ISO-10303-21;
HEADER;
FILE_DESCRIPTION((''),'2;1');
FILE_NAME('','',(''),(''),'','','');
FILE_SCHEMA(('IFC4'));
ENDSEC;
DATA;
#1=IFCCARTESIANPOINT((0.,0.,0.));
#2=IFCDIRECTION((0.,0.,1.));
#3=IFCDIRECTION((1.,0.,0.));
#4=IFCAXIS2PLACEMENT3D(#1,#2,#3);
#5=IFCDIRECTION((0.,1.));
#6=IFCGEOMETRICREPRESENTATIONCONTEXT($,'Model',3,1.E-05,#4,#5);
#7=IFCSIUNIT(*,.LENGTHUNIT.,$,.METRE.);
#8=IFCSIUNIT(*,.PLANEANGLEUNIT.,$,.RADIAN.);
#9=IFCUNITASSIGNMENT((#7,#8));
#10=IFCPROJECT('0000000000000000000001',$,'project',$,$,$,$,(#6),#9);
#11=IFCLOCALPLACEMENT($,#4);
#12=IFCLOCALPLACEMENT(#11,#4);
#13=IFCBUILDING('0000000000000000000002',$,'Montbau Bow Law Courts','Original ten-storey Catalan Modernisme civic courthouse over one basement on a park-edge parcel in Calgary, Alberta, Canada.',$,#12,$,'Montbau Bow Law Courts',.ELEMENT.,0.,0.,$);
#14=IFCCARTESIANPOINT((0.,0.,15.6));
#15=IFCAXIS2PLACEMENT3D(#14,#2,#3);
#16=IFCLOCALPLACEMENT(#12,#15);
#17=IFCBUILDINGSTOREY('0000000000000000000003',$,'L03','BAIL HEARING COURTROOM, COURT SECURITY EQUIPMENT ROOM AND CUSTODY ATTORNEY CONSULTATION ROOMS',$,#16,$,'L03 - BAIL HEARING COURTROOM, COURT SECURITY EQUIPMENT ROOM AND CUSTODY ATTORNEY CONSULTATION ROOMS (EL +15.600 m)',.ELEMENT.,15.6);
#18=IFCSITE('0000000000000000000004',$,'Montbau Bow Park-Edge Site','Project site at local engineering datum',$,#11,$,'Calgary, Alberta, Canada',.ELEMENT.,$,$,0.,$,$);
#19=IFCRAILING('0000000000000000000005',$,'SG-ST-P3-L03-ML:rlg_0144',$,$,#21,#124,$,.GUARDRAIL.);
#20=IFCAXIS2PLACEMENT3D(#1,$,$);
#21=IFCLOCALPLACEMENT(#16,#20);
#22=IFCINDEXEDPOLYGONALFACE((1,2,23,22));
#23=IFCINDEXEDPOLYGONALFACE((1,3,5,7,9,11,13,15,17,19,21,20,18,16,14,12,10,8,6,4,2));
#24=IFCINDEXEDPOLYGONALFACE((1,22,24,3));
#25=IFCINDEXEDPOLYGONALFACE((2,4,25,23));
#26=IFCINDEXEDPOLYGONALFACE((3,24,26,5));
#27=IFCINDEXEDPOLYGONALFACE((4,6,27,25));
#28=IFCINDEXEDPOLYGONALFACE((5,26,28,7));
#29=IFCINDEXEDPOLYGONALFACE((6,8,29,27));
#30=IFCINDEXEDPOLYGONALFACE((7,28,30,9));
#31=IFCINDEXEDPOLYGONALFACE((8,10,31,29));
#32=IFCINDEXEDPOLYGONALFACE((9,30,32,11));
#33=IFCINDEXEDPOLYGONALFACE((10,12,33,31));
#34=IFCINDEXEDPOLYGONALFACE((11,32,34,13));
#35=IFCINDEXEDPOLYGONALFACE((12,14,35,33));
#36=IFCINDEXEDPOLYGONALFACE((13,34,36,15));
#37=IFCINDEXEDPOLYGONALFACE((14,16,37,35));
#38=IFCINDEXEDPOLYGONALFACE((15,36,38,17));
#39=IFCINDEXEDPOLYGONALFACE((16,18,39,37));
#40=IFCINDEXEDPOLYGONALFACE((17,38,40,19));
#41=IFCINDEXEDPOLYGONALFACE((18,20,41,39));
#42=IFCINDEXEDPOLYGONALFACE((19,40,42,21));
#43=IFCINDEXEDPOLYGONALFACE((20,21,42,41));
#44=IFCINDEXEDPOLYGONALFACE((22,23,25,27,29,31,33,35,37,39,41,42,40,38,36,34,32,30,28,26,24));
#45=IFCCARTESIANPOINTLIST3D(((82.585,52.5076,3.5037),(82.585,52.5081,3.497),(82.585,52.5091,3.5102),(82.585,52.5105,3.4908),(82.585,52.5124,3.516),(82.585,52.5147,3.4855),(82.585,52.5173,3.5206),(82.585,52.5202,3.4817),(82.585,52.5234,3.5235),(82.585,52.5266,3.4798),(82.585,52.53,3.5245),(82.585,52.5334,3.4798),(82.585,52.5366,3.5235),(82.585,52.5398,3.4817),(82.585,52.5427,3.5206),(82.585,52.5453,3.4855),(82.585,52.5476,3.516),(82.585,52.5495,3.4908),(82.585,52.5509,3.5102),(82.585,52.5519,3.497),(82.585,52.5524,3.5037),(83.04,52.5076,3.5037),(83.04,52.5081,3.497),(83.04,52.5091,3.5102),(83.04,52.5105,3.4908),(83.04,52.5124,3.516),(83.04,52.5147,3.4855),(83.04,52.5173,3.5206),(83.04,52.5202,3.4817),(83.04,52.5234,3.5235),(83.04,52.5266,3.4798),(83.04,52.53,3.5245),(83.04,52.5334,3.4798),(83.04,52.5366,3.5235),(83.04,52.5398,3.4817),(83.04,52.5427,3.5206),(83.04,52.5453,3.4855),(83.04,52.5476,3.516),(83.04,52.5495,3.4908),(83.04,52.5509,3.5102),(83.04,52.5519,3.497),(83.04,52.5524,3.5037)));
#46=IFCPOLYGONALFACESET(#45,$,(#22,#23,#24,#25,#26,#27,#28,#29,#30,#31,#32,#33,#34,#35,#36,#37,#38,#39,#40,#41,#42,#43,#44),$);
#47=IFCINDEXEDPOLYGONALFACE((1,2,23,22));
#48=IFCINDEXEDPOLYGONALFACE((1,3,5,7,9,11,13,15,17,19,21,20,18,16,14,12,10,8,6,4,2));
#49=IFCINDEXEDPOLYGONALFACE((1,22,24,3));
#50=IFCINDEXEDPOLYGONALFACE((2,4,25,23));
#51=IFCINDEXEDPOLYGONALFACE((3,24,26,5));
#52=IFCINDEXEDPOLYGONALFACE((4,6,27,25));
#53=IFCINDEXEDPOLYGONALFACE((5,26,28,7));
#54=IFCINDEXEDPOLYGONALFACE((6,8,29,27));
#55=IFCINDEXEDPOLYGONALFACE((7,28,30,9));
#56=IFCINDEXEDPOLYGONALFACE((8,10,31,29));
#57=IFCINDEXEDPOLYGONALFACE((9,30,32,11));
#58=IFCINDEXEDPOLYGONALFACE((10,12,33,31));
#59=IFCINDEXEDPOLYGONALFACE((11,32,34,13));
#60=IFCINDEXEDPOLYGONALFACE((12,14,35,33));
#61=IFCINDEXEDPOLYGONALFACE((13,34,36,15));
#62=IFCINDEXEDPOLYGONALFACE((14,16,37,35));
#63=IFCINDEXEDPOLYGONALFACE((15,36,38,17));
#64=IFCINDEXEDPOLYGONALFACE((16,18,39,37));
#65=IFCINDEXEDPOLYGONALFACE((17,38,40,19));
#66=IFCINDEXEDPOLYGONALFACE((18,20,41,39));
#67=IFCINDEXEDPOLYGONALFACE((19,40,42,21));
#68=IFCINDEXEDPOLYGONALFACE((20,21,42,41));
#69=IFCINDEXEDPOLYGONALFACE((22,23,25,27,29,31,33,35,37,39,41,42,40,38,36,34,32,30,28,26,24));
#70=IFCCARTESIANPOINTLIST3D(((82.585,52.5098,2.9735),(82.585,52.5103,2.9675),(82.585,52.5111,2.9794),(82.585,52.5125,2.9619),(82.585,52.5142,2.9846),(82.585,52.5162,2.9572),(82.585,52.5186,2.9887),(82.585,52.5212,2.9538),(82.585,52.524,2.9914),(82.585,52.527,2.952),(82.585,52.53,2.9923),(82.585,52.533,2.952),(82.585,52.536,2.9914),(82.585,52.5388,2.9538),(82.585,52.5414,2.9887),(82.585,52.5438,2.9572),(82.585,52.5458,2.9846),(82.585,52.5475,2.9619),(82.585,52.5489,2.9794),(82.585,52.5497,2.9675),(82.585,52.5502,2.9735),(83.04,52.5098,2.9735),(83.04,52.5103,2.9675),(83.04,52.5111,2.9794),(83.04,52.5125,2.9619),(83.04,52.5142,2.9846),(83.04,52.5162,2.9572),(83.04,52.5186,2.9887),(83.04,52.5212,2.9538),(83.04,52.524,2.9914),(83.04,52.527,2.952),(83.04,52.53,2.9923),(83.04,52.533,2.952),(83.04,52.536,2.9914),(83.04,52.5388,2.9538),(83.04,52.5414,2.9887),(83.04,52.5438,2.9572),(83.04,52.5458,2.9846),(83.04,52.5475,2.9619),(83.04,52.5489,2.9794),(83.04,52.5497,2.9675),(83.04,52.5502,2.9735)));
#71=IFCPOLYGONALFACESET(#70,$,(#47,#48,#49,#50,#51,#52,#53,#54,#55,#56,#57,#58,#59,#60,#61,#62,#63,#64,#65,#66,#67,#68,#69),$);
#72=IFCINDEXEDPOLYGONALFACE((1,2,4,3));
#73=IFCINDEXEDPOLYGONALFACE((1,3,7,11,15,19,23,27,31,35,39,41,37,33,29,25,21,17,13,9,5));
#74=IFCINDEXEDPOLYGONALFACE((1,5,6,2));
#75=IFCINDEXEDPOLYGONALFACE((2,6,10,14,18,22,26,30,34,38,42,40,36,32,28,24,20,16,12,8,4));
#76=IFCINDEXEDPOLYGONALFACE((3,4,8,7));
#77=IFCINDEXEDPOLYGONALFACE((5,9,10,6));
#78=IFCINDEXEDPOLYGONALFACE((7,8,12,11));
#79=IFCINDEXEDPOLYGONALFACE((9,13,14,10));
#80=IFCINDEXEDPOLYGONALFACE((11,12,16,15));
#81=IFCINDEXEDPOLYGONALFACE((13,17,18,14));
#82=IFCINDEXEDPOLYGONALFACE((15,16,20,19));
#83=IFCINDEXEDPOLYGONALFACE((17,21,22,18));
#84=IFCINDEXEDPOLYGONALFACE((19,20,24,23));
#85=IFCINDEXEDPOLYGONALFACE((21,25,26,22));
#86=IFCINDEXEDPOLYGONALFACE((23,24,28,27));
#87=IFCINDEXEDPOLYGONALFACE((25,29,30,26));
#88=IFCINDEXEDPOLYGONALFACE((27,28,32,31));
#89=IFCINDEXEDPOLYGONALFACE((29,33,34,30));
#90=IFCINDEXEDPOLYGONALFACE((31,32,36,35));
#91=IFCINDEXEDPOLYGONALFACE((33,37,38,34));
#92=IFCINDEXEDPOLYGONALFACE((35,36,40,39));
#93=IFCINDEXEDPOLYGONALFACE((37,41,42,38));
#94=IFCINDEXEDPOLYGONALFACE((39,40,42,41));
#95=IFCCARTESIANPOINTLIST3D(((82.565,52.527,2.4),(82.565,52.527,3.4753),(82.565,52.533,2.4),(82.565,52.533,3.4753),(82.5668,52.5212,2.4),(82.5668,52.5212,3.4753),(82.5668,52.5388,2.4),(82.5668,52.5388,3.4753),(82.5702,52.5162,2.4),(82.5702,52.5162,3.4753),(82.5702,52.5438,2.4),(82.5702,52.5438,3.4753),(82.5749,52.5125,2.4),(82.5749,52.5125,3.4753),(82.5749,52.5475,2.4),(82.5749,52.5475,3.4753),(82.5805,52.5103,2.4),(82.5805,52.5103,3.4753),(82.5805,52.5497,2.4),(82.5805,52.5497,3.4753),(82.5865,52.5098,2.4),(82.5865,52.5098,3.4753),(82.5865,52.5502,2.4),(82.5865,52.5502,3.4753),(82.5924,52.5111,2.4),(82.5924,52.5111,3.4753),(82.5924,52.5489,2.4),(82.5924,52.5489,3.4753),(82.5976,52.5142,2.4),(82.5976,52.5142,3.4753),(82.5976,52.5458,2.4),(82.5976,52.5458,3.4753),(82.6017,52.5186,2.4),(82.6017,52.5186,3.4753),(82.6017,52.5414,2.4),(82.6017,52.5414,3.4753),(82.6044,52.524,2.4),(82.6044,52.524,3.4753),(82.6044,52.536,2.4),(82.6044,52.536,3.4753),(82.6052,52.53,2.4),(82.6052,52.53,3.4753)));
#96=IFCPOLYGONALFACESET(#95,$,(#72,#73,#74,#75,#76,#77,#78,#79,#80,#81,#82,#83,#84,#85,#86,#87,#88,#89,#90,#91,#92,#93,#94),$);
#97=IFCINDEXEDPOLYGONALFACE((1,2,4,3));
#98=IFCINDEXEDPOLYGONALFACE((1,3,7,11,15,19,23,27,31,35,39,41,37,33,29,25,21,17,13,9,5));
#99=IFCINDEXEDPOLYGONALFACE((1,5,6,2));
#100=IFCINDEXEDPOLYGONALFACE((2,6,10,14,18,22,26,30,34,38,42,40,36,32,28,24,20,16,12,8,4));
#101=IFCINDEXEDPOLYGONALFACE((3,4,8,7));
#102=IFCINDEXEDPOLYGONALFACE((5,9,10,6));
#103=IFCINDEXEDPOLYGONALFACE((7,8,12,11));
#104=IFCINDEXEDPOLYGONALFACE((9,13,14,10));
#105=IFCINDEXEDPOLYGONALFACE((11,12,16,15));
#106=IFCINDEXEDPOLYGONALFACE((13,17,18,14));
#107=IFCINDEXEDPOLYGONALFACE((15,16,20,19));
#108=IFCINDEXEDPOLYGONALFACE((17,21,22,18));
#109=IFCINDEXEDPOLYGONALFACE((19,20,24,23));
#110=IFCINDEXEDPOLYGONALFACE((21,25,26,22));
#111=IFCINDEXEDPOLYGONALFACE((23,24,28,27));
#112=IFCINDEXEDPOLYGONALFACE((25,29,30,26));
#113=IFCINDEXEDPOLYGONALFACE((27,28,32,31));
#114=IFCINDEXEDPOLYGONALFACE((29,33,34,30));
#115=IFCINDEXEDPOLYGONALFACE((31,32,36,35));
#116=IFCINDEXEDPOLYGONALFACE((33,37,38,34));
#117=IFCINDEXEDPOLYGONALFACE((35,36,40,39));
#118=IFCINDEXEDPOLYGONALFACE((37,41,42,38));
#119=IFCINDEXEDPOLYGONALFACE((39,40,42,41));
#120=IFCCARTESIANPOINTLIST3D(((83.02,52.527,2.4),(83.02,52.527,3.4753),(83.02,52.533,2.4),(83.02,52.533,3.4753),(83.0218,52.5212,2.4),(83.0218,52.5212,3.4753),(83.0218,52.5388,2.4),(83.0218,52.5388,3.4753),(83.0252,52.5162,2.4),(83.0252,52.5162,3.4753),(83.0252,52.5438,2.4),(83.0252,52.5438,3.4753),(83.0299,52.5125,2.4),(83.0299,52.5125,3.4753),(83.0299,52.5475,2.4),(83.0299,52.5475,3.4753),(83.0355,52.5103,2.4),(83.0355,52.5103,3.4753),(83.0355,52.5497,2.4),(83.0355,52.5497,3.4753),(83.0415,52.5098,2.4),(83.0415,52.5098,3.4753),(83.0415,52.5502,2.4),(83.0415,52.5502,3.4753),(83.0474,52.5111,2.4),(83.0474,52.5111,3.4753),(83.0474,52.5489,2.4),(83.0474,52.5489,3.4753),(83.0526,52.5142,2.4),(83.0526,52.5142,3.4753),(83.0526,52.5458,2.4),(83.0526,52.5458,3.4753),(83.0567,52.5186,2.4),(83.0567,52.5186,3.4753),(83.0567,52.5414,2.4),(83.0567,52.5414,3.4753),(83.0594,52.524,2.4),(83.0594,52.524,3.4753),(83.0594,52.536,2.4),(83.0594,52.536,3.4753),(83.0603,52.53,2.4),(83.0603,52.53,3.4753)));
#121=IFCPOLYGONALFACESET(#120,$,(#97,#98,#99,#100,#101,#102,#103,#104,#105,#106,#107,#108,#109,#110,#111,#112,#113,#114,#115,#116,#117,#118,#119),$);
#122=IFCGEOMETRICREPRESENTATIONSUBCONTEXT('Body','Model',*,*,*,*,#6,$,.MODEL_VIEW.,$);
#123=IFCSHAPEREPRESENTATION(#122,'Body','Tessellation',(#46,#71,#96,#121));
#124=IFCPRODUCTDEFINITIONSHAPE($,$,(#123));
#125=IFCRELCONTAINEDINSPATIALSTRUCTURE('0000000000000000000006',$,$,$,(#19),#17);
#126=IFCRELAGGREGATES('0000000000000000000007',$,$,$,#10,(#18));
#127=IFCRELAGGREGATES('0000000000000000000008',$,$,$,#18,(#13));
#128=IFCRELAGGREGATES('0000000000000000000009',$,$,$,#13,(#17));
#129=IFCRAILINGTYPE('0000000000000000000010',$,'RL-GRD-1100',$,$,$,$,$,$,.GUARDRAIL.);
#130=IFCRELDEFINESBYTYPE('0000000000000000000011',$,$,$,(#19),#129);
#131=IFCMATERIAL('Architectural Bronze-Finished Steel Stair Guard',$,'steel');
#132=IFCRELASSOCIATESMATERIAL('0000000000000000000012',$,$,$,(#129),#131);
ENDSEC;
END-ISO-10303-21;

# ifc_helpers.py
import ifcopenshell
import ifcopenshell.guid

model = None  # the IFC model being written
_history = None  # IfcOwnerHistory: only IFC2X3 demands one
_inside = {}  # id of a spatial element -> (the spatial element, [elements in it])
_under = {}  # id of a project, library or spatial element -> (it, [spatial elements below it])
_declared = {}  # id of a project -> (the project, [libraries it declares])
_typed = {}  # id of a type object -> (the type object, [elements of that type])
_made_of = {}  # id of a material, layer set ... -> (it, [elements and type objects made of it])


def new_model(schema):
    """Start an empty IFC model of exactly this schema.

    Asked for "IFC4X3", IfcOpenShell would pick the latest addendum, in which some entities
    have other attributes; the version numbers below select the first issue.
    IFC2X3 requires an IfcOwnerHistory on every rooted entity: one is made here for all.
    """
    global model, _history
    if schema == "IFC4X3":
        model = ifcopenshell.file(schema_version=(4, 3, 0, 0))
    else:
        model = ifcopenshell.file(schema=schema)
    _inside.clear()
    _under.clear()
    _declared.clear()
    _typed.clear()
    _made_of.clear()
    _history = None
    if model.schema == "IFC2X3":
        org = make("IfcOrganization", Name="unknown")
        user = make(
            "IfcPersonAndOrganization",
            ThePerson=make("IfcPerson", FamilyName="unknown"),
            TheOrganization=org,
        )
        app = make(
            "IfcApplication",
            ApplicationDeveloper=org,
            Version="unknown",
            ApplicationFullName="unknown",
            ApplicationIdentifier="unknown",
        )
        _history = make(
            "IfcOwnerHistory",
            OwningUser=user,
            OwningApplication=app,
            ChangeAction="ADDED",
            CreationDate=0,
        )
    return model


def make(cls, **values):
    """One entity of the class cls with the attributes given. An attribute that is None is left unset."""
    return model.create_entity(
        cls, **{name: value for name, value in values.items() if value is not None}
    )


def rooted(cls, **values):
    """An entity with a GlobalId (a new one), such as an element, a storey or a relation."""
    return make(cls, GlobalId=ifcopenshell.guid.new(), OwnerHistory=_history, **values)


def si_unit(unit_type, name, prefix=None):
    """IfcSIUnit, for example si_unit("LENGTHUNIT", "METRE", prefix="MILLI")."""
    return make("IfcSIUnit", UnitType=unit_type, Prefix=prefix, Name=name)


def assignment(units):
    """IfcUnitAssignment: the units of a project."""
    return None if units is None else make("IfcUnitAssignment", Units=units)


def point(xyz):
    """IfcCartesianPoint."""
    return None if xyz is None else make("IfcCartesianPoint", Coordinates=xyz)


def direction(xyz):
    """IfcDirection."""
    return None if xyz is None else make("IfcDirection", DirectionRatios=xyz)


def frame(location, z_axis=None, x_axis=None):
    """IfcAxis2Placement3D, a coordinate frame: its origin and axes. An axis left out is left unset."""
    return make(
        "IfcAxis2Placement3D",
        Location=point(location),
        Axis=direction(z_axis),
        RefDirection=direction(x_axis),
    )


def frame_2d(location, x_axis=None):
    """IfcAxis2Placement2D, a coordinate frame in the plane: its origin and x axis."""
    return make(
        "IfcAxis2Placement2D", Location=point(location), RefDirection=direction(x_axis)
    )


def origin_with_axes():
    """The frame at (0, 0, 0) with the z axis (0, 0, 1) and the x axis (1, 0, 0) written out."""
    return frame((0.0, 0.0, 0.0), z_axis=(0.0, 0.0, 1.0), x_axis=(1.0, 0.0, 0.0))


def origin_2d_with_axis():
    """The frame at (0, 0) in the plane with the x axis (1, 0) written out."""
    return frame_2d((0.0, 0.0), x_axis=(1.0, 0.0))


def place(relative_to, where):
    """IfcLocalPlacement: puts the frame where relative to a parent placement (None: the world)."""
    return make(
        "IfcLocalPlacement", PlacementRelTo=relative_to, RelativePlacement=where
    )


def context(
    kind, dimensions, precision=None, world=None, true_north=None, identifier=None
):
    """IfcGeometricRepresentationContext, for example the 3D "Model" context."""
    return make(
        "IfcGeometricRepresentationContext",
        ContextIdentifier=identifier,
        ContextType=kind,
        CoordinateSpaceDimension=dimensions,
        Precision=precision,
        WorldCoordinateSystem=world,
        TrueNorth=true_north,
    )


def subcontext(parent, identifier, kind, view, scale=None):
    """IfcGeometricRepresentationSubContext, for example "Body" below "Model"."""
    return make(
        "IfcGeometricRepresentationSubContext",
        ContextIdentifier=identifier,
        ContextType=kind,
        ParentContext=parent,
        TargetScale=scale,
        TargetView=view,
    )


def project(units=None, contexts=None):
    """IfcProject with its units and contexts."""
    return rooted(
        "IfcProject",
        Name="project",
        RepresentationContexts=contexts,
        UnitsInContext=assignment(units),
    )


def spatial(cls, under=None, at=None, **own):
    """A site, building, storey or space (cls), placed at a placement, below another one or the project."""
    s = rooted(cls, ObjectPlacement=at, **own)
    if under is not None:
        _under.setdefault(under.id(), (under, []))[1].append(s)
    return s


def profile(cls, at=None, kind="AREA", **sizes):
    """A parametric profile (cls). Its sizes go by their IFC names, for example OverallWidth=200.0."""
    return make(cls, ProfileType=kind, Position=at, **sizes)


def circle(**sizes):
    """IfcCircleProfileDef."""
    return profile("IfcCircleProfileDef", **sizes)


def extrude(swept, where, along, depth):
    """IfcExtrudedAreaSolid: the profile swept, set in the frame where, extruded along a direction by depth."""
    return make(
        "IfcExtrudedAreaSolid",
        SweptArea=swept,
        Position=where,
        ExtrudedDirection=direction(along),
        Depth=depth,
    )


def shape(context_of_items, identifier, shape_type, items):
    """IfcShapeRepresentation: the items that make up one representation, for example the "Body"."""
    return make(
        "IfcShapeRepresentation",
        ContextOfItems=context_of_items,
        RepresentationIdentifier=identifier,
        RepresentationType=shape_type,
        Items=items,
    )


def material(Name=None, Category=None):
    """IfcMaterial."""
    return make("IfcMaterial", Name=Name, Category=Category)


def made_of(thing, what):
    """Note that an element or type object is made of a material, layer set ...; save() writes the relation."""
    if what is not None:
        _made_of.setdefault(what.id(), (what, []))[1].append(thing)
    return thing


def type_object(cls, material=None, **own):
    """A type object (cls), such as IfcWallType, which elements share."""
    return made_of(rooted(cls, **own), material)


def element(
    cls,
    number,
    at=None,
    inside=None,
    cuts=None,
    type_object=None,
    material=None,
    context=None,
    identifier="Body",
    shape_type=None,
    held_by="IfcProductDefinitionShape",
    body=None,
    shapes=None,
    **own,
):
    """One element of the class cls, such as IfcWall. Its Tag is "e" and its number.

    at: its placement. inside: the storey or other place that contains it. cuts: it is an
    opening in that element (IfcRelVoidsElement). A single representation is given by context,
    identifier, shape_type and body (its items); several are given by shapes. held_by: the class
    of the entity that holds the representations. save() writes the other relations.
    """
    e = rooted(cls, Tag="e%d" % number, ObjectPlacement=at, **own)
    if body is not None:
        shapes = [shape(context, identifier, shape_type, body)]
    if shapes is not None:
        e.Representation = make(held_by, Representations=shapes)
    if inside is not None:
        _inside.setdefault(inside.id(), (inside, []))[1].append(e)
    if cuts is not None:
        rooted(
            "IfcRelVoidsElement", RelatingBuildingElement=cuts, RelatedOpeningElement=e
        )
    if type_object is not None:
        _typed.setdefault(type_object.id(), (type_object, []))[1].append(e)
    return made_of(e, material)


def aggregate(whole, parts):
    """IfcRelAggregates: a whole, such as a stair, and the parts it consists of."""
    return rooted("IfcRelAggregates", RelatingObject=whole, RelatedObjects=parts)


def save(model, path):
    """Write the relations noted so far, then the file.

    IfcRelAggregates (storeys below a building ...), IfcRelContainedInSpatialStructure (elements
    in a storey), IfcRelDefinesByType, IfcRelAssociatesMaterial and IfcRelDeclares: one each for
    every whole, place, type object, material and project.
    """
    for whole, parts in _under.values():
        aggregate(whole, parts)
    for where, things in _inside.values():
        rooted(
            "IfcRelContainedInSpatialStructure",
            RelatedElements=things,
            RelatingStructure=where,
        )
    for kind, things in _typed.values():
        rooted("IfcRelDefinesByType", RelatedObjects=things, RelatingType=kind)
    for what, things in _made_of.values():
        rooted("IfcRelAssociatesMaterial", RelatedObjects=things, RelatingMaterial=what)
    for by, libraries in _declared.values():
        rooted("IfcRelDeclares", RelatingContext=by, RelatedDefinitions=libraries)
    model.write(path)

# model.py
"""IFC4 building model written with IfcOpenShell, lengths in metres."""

from ifc_helpers import new_model, si_unit, direction, frame, origin_with_axes, origin_2d_with_axis, place, context, subcontext, project, spatial, circle, extrude, material, type_object, element, save


model = new_model("IFC4")

# Units and contexts
model_context = context("Model", 3, precision=1e-05, world=origin_with_axes(), true_north=direction((0.0, 1.0)))
body_context = subcontext(model_context, "Body", "Model", "MODEL_VIEW")
ifc_project = project(units=[si_unit("LENGTHUNIT", "METRE"), si_unit("PLANEANGLEUNIT", "RADIAN")], contexts=[model_context])

# Site, building, storey
site_placement = place(None, origin_with_axes())
site = spatial("IfcSite", under=ifc_project, at=site_placement, Name="Montbau Bow Park-Edge Site", Description="Project site at local engineering datum", LongName="Calgary, Alberta, Canada", CompositionType="ELEMENT", RefElevation=0.0)
building_placement = place(site_placement, origin_with_axes())
building = spatial("IfcBuilding", under=site, at=building_placement, Name="Montbau Bow Law Courts", Description="Original ten-storey Catalan Modernisme civic courthouse over one basement on a park-edge parcel in Calgary, Alberta, Canada.", LongName="Montbau Bow Law Courts", CompositionType="ELEMENT", ElevationOfRefHeight=0.0, ElevationOfTerrain=0.0)
storey_placement = place(building_placement, frame((0.0, 0.0, 15.6), z_axis=(0.0, 0.0, 1.0), x_axis=(1.0, 0.0, 0.0)))
storey = spatial("IfcBuildingStorey", under=building, at=storey_placement, Name="L03", Description="BAIL HEARING COURTROOM, COURT SECURITY EQUIPMENT ROOM AND CUSTODY ATTORNEY CONSULTATION ROOMS", LongName="L03 - BAIL HEARING COURTROOM, COURT SECURITY EQUIPMENT ROOM AND CUSTODY ATTORNEY CONSULTATION ROOMS (EL +15.600 m)", CompositionType="ELEMENT", Elevation=15.6)

# Railing
ifc_material_1 = material(Name="Architectural Bronze-Finished Steel Stair Guard", Category="steel")
railing_type_1 = type_object("IfcRailingType", Name="RL-GRD-1100", PredefinedType="GUARDRAIL", material=ifc_material_1)
railing_1_placement = place(None, origin_with_axes())
element("IfcRailing", 1, at=railing_1_placement, inside=storey, type_object=railing_type_1, Name="SG-ST-P3-L03-ML:rlg_0144", PredefinedType="GUARDRAIL", context=body_context, shape_type="SweptSolid", body=[
    extrude(circle(Radius=0.0225, at=origin_2d_with_axis()), frame((82.585, 52.53, 19.102), z_axis=(1.0, 0.0, 0.0), x_axis=(0.0, 0.0, 1.0)), (0.0, 0.0, 1.0), 0.455),
    extrude(circle(Radius=0.0203, at=origin_2d_with_axis()), frame((82.585, 52.53, 18.572), z_axis=(1.0, 0.0, 0.0), x_axis=(0.0, 0.0, 1.0)), (0.0, 0.0, 1.0), 0.455),
    extrude(circle(Radius=0.0203, at=origin_2d_with_axis()), frame((82.585, 52.53, 18.0), z_axis=(0.0, 0.0, 1.0), x_axis=(1.0, 0.0, 0.0)), (0.0, 0.0, 1.0), 1.0753),
    extrude(circle(Radius=0.0203, at=origin_2d_with_axis()), frame((83.04, 52.53, 18.0), z_axis=(0.0, 0.0, 1.0), x_axis=(1.0, 0.0, 0.0)), (0.0, 0.0, 1.0), 1.0753),
])

save(model, "model.ifc")
